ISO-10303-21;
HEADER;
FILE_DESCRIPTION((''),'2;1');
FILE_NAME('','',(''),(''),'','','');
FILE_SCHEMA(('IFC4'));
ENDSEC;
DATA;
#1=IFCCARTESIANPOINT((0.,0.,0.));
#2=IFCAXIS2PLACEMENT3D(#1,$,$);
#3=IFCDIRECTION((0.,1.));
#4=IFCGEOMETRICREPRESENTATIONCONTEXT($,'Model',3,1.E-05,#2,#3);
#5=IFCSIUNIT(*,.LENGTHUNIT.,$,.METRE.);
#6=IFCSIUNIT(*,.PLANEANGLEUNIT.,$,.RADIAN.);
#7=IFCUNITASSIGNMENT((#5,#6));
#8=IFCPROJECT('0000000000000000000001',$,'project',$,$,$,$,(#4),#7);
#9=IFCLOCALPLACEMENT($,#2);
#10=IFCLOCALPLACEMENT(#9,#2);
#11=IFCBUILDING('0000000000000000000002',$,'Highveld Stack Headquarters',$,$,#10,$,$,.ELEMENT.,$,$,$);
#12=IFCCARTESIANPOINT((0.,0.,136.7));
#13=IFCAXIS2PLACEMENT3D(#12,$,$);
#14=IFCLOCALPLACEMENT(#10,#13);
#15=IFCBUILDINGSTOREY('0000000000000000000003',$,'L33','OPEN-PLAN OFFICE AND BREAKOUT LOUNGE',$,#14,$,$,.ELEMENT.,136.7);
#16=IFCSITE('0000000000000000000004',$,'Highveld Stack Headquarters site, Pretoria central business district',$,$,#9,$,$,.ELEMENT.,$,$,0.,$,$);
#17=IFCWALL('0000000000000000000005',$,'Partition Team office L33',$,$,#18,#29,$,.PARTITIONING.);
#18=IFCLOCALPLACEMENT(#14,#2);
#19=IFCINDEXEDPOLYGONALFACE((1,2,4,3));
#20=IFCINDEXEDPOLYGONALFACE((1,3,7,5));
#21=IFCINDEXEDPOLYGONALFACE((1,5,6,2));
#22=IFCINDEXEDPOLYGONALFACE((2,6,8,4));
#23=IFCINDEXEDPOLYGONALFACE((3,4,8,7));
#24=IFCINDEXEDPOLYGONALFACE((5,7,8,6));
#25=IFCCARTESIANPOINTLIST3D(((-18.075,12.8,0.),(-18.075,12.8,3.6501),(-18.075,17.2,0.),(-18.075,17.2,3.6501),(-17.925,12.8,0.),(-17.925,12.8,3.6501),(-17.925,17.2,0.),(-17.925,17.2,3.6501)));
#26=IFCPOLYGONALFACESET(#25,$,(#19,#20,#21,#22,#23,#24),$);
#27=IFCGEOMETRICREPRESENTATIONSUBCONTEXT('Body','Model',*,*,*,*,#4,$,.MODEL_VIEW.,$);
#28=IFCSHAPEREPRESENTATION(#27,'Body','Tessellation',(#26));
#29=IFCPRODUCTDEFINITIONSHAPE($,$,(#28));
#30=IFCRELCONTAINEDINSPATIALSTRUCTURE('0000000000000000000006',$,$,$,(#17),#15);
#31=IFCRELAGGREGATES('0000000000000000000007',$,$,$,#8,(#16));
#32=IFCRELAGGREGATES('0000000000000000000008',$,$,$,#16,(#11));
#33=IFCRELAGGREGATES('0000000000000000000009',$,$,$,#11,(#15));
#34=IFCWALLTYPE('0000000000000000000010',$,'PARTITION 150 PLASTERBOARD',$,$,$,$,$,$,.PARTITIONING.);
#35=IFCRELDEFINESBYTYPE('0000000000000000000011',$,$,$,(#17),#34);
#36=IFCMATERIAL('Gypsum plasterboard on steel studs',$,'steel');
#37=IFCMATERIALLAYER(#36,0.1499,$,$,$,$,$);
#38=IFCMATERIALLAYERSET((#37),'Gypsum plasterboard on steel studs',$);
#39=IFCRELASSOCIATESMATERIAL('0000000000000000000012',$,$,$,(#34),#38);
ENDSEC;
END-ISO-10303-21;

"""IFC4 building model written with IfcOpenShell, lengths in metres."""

from ifc_helpers import new_model, si_unit, direction, frame, frame_2d, origin, place, context, subcontext, project, spatial, rectangle, extrude, material, layer, layer_set, type_object, element, save


model = new_model("IFC4")

# Units and contexts
model_context = context("Model", 3, precision=1e-05, world=origin(), true_north=direction((0.0, 1.0)))
body_context = subcontext(model_context, "Body", "Model", "MODEL_VIEW")
ifc_project = project(units=[si_unit("LENGTHUNIT", "METRE"), si_unit("PLANEANGLEUNIT", "RADIAN")], contexts=[model_context])

# Site, building, storey
site_placement = place(None, origin())
site = spatial("IfcSite", under=ifc_project, at=site_placement, Name="Highveld Stack Headquarters site, Pretoria central business district", CompositionType="ELEMENT", RefElevation=0.0)
building_placement = place(site_placement, origin())
building = spatial("IfcBuilding", under=site, at=building_placement, Name="Highveld Stack Headquarters", CompositionType="ELEMENT")
storey_placement = place(building_placement, frame((0.0, 0.0, 136.7)))
storey = spatial("IfcBuildingStorey", under=building, at=storey_placement, Name="L33", Description="OPEN-PLAN OFFICE AND BREAKOUT LOUNGE", CompositionType="ELEMENT", Elevation=136.7)

# Shared definitions
ifc_material_1 = material(Name="Gypsum plasterboard on steel studs", Category="steel")
ifc_layer_1 = layer(ifc_material_1, 0.1499)
ifc_layer_set_1 = layer_set([ifc_layer_1], Name="Gypsum plasterboard on steel studs")
wall_type = type_object("IfcWallType", Name="PARTITION 150 PLASTERBOARD", PredefinedType="PARTITIONING", material=ifc_layer_set_1)

# Wall
wall_1_placement = place(storey_placement, frame((-18.0, 12.8, 0.0), z_axis=(0.0, 0.0, 1.0), x_axis=(0.0, 1.0, 0.0)))
element("IfcWall", 1, at=wall_1_placement, inside=storey, type_object=wall_type, Name="Partition Team office L33", PredefinedType="PARTITIONING", context=body_context, shape_type="SweptSolid", body=[
    extrude(rectangle(XDim=4.3999, YDim=0.1499, at=frame_2d((2.2, 0.0))), origin(), (0.0, 0.0, 1.0), 3.6501),
])

save(model, "model.ifc")
